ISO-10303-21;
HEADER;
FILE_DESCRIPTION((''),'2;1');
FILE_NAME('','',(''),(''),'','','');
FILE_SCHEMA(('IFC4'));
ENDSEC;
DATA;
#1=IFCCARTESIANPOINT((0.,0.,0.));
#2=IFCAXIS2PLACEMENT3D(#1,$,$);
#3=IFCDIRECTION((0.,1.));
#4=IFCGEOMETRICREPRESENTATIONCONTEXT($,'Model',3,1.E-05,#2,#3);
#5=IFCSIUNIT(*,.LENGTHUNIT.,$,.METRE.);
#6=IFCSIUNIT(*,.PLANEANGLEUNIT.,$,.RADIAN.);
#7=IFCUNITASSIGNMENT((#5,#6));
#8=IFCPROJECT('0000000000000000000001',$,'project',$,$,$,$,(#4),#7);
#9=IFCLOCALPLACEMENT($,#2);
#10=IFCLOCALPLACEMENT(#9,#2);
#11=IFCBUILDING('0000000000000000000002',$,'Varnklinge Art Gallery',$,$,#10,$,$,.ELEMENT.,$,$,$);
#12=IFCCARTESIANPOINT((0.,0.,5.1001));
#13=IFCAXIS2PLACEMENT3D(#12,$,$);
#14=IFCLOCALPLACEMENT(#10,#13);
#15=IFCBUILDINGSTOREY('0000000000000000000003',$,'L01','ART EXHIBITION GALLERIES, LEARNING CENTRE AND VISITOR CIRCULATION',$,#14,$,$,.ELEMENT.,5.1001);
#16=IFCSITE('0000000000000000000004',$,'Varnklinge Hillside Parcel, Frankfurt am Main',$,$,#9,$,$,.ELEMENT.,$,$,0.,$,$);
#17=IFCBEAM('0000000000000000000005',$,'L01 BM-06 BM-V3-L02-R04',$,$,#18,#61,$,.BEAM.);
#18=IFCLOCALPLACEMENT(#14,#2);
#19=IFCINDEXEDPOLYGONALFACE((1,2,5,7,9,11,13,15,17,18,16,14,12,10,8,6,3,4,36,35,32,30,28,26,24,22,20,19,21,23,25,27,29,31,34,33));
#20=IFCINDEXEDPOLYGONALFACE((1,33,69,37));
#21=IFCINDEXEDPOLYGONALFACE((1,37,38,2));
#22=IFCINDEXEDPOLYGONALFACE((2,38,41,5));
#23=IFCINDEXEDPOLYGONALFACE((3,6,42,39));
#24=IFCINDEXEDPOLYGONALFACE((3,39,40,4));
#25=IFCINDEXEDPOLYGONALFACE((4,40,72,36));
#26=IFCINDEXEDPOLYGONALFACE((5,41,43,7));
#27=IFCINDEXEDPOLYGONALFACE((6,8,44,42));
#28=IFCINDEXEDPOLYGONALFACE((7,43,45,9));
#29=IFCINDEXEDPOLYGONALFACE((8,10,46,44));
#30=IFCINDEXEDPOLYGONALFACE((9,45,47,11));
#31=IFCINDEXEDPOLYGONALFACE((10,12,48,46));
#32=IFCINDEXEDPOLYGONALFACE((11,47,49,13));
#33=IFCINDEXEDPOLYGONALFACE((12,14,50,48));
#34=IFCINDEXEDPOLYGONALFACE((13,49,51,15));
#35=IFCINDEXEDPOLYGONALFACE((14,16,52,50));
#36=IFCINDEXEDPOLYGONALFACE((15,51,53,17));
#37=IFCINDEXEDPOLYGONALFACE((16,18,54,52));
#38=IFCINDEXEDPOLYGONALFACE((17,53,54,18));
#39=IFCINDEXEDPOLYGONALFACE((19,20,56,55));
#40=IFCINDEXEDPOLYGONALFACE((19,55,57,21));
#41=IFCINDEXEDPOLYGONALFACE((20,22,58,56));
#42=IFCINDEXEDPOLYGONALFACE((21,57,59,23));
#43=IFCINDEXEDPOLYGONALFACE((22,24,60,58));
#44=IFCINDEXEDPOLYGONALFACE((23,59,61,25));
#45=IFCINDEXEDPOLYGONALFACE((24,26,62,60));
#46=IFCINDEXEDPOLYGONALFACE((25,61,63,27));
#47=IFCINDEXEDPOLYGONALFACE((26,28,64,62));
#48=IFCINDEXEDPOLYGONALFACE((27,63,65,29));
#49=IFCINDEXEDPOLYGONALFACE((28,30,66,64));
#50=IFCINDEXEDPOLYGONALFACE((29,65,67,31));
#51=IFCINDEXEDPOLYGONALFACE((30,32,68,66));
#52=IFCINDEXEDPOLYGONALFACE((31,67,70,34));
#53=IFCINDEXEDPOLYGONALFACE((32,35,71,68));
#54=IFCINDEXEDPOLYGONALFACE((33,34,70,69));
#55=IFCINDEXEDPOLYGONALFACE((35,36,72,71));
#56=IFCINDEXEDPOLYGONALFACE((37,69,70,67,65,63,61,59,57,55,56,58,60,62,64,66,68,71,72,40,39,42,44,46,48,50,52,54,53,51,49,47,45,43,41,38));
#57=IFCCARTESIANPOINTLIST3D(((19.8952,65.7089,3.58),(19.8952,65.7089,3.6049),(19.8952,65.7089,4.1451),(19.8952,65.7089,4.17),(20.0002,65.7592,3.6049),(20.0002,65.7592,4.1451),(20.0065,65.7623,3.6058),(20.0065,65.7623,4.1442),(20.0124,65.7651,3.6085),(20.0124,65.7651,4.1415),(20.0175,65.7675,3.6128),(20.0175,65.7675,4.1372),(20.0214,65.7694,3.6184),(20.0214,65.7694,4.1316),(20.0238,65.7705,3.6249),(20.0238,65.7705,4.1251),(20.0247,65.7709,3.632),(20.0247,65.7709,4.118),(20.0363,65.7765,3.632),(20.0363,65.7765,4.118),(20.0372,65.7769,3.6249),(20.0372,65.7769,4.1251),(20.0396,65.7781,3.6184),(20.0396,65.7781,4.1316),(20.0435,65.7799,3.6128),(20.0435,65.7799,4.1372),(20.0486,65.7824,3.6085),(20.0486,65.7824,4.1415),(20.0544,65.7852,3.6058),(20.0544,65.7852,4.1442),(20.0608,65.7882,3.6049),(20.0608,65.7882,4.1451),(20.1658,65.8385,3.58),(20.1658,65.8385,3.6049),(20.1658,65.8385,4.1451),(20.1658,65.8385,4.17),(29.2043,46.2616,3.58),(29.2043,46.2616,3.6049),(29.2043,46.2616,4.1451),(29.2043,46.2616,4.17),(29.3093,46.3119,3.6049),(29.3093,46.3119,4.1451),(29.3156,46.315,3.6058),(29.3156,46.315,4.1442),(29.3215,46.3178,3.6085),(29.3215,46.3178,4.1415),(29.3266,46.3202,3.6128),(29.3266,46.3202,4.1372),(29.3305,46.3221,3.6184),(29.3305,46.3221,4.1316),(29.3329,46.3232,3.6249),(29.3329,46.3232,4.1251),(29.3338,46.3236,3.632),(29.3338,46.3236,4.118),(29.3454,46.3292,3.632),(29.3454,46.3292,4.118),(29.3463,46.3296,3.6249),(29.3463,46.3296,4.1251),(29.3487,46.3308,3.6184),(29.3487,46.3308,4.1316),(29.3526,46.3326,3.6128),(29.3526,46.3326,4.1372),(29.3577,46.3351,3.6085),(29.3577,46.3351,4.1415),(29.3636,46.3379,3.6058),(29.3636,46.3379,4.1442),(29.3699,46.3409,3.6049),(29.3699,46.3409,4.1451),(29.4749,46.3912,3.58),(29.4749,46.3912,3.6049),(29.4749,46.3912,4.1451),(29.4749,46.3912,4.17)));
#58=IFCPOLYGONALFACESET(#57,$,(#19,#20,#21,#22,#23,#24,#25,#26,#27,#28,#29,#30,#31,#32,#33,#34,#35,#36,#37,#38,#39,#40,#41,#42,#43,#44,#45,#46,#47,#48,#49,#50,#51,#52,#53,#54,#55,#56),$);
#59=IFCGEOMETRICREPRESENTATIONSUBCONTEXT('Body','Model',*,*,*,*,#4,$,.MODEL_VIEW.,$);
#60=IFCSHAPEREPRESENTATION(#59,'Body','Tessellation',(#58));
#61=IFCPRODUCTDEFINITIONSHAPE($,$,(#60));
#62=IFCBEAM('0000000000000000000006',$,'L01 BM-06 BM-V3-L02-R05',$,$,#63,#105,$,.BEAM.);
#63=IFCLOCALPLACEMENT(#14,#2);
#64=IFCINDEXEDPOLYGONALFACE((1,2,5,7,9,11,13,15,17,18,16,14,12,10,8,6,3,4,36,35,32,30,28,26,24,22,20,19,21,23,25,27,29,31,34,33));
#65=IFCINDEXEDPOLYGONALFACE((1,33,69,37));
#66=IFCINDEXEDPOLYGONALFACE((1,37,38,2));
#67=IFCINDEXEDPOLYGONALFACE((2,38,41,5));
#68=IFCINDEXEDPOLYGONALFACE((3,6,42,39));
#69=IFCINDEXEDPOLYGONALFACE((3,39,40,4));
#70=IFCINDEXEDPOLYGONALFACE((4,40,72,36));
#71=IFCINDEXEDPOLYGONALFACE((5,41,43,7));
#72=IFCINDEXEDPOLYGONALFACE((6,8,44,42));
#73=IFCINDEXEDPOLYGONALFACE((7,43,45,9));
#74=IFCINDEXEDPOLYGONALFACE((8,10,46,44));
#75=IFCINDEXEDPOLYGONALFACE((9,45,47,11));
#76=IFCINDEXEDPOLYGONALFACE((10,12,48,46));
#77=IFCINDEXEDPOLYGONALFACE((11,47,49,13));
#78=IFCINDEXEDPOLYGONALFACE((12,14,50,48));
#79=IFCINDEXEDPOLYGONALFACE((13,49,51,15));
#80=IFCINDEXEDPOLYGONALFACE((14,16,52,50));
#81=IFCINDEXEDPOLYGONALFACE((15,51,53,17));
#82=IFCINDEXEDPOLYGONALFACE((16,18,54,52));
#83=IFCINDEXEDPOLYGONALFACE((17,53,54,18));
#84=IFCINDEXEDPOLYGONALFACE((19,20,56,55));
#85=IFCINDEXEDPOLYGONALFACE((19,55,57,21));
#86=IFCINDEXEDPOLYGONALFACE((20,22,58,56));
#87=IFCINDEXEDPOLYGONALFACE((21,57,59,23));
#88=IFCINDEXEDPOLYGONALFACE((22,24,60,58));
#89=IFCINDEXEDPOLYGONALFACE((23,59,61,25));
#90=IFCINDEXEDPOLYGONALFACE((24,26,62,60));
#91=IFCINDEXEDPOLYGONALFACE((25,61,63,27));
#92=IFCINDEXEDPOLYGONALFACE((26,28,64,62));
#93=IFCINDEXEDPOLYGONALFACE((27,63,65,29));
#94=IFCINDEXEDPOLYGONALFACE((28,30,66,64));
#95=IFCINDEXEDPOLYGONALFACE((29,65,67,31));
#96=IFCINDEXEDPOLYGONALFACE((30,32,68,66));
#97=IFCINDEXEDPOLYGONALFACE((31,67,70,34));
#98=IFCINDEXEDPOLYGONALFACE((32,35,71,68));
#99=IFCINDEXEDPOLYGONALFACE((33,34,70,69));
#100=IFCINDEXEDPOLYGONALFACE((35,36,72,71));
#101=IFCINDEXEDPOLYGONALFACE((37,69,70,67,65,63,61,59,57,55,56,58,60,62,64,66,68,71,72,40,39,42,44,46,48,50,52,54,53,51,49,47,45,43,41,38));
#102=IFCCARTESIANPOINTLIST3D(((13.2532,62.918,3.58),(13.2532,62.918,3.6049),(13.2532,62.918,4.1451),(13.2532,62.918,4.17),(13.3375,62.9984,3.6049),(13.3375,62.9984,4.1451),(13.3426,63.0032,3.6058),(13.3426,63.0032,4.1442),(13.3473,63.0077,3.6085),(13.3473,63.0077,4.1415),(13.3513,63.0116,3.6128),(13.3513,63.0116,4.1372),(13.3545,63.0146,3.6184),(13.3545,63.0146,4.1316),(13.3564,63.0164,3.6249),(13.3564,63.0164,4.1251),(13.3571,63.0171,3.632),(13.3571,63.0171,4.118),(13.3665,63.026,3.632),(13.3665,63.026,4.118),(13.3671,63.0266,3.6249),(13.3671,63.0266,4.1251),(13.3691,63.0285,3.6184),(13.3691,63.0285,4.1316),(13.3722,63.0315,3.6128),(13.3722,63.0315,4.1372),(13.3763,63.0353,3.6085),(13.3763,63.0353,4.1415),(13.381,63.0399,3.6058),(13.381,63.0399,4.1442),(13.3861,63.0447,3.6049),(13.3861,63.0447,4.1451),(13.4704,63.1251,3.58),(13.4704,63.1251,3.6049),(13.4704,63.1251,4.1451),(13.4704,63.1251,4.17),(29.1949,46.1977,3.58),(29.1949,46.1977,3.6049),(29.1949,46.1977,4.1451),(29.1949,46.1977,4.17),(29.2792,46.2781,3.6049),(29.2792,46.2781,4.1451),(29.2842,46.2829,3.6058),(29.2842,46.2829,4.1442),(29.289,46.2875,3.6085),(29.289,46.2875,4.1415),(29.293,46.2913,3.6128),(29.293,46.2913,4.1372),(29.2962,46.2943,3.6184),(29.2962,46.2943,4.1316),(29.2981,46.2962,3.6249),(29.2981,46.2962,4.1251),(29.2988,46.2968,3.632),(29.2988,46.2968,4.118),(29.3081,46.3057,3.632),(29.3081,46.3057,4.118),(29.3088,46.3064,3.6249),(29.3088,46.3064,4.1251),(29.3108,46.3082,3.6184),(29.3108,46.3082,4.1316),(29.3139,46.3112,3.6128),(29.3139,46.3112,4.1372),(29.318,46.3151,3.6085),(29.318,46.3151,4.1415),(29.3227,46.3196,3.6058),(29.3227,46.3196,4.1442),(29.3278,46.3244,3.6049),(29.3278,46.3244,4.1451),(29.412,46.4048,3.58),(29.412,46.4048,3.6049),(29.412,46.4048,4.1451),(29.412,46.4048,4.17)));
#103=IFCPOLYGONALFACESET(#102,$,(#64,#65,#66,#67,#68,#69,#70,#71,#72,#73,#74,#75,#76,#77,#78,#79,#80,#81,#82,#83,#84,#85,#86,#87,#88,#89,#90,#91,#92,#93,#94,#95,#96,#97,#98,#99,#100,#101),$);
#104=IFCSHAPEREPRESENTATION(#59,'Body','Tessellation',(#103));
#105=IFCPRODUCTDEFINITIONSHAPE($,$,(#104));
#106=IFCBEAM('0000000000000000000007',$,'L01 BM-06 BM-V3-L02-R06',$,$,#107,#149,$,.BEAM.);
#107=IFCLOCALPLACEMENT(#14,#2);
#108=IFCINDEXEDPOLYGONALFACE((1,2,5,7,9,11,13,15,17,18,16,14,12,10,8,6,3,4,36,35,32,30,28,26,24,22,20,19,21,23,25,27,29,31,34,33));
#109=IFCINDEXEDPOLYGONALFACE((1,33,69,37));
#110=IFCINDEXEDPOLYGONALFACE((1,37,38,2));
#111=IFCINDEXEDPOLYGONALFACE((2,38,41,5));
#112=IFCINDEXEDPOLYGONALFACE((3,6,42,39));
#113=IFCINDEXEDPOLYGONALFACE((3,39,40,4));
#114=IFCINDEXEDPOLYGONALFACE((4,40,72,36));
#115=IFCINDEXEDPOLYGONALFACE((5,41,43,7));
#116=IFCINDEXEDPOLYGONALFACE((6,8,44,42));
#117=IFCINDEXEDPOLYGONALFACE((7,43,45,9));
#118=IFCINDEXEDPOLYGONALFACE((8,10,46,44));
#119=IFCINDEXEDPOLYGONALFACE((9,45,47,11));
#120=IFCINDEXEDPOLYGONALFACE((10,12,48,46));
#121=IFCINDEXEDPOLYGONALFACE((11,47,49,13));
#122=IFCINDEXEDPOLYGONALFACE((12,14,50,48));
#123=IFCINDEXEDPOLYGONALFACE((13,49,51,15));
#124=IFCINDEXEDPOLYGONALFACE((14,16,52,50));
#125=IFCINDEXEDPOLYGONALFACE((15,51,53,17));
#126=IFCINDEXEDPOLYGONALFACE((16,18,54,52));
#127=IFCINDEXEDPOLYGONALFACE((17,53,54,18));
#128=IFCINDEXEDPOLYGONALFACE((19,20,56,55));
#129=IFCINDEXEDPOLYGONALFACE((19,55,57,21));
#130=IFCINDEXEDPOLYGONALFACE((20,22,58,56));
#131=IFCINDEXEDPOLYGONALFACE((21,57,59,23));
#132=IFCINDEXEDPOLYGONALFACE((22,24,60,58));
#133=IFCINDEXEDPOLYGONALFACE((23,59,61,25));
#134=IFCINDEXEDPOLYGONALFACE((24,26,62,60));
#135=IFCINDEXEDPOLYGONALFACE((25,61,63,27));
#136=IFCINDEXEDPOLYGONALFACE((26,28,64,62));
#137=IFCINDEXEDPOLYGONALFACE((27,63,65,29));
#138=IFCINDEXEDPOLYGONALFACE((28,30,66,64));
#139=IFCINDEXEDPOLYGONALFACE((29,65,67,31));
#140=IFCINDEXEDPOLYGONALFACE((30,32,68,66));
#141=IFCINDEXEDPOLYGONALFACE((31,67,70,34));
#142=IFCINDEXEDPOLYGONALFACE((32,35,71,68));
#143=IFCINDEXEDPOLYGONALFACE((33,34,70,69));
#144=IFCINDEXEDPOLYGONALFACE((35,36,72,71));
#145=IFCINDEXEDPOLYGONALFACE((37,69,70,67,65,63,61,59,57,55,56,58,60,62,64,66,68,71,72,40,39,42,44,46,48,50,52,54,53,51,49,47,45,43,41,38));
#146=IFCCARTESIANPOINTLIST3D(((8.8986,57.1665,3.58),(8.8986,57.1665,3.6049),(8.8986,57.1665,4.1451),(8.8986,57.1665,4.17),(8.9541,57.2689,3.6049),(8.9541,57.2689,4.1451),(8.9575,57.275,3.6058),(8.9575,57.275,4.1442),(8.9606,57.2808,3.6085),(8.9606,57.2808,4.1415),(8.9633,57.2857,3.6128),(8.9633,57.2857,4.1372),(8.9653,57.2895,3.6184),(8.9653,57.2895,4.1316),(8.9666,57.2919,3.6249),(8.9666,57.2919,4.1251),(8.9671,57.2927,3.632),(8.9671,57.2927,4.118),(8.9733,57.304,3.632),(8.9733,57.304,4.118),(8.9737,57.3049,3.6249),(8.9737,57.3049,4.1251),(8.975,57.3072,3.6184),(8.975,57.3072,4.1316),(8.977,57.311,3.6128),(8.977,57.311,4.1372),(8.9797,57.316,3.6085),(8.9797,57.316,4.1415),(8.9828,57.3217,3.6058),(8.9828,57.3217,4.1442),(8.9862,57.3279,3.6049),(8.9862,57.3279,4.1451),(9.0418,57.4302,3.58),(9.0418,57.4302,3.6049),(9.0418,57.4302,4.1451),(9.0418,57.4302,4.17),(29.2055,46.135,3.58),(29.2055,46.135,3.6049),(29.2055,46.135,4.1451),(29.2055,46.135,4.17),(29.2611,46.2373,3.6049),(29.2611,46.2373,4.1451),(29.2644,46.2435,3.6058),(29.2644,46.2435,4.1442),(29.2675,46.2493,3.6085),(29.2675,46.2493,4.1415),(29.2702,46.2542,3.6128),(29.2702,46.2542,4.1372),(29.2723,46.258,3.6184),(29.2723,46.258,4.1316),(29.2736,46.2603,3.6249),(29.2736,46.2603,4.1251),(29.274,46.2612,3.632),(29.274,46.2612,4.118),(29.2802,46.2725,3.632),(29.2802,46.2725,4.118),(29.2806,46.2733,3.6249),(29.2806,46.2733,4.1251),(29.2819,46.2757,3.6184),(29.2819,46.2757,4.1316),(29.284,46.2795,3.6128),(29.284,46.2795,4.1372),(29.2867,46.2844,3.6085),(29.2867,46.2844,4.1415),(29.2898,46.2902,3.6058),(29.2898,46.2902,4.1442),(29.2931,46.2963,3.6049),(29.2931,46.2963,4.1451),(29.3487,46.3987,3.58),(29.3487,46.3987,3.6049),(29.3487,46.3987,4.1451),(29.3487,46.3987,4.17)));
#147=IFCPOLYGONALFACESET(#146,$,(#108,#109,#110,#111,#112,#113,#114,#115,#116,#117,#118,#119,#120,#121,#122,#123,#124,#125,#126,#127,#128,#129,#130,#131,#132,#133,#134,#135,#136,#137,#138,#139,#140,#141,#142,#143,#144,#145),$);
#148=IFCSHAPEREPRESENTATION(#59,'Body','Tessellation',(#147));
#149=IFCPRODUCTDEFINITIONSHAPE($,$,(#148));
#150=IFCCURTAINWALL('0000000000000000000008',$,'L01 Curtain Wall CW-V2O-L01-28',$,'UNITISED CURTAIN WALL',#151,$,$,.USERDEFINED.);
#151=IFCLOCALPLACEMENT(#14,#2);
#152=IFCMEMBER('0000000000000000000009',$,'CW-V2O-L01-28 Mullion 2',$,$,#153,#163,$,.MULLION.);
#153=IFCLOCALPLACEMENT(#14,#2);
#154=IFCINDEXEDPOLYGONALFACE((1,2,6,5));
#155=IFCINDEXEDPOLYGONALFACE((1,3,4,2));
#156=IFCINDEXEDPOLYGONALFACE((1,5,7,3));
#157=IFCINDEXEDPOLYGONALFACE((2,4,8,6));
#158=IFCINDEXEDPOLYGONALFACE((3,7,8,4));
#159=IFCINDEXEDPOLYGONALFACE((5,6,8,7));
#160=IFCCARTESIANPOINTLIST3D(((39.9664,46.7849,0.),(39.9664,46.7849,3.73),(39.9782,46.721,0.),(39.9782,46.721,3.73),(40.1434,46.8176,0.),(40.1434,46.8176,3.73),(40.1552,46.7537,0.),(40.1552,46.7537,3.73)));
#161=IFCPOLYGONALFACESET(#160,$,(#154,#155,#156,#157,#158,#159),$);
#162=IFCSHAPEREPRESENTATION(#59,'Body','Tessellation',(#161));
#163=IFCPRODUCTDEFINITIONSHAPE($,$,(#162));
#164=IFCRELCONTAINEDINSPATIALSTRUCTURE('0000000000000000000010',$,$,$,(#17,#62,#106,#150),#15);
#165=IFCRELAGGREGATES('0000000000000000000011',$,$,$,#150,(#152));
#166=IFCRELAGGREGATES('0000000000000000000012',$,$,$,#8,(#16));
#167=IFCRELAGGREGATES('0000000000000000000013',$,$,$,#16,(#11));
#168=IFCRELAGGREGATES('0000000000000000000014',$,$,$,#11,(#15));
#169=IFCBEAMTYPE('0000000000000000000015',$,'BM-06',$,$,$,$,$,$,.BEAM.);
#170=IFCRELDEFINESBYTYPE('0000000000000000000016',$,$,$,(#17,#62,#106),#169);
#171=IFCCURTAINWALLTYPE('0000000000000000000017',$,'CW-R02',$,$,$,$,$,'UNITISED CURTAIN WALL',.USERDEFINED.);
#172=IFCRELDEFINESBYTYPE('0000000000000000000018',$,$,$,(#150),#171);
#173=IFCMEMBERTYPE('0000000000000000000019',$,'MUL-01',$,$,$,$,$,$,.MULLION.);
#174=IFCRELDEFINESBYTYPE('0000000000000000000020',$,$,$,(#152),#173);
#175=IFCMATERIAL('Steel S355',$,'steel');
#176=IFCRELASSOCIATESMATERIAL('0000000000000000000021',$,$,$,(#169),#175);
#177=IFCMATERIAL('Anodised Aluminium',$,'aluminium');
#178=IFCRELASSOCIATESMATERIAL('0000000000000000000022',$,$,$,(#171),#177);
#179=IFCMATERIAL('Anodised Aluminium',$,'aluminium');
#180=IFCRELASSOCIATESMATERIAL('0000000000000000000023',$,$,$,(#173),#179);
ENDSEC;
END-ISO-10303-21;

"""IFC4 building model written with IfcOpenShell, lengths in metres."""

from ifc_helpers import new_model, si_unit, direction, frame, origin, origin_2d, place, context, subcontext, project, spatial, rectangle, i_section, extrude, material, material_profile, profile_set, type_object, element, aggregate, save


model = new_model("IFC4")

# Units and contexts
model_context = context("Model", 3, precision=1e-05, world=origin(), true_north=direction((0.0, 1.0)))
body_context = subcontext(model_context, "Body", "Model", "MODEL_VIEW")
ifc_project = project(units=[si_unit("LENGTHUNIT", "METRE"), si_unit("PLANEANGLEUNIT", "RADIAN")], contexts=[model_context])

# Site, building, storey
site_placement = place(None, origin())
site = spatial("IfcSite", under=ifc_project, at=site_placement, Name="Varnklinge Hillside Parcel, Frankfurt am Main", CompositionType="ELEMENT", RefElevation=0.0)
building_placement = place(site_placement, origin())
building = spatial("IfcBuilding", under=site, at=building_placement, Name="Varnklinge Art Gallery", CompositionType="ELEMENT")
storey_placement = place(building_placement, frame((0.0, 0.0, 5.1001)))
storey = spatial("IfcBuildingStorey", under=building, at=storey_placement, Name="L01", Description="ART EXHIBITION GALLERIES, LEARNING CENTRE AND VISITOR CIRCULATION", CompositionType="ELEMENT", Elevation=5.1001)

# Beams
ifc_material_1 = material(Name="Steel S355", Category="steel")
ifc_material_profile_1 = material_profile(ifc_material_1, i_section(OverallWidth=0.3, OverallDepth=0.5901, WebThickness=0.0129, FlangeThickness=0.0249, FilletRadius=0.0271, at=origin_2d()), Name="HEA 600")
ifc_profile_set_1 = profile_set([ifc_material_profile_1], Name="Steel S355")
beam_type_1 = type_object("IfcBeamType", Name="BM-06", PredefinedType="BEAM", material=ifc_profile_set_1)
beam_1_placement = place(storey_placement, frame((29.3396, 46.3264, 3.875), z_axis=(-0.431766, 0.901986, 0.0), x_axis=(-0.901986, -0.431766, 0.0)))
element("IfcBeam", 1, at=beam_1_placement, inside=storey, type_object=beam_type_1, Name="L01 BM-06 BM-V3-L02-R04", PredefinedType="BEAM", context=body_context, shape_type="SweptSolid", body=[
    extrude(i_section(OverallWidth=0.3, OverallDepth=0.5901, WebThickness=0.0129, FlangeThickness=0.0249, FilletRadius=0.0271, at=origin_2d()), origin(), (0.0, 0.0, 1.0), 21.5605),
])
beam_2_placement = place(storey_placement, frame((29.3035, 46.3013, 3.875), z_axis=(-0.690055, 0.723757, 0.0), x_axis=(-0.723757, -0.690055, 0.0)))
element("IfcBeam", 2, at=beam_2_placement, inside=storey, type_object=beam_type_1, Name="L01 BM-06 BM-V3-L02-R05", PredefinedType="BEAM", context=body_context, shape_type="SweptSolid", body=[
    extrude(i_section(OverallWidth=0.3, OverallDepth=0.5901, WebThickness=0.0129, FlangeThickness=0.0249, FilletRadius=0.0271, at=origin_2d()), origin(), (0.0, 0.0, 1.0), 23.1021),
])
beam_3_placement = place(storey_placement, frame((29.2771, 46.2668, 3.875), z_axis=(-0.878713, 0.477351, 0.0), x_axis=(-0.477351, -0.878713, 0.0)))
element("IfcBeam", 3, at=beam_3_placement, inside=storey, type_object=beam_type_1, Name="L01 BM-06 BM-V3-L02-R06", PredefinedType="BEAM", context=body_context, shape_type="SweptSolid", body=[
    extrude(i_section(OverallWidth=0.3, OverallDepth=0.5901, WebThickness=0.0129, FlangeThickness=0.0249, FilletRadius=0.0271, at=origin_2d()), origin(), (0.0, 0.0, 1.0), 23.1099),
])

# Curtain wall, member
ifc_material_2 = material(Name="Anodised Aluminium", Category="aluminium")
curtain_wall_type = type_object("IfcCurtainWallType", Name="CW-R02", ElementType="UNITISED CURTAIN WALL", PredefinedType="USERDEFINED", material=ifc_material_2)
curtain_wall_placement = place(storey_placement, origin())
curtain_wall = element("IfcCurtainWall", 4, at=curtain_wall_placement, inside=storey, type_object=curtain_wall_type, Name="L01 Curtain Wall CW-V2O-L01-28", ObjectType="UNITISED CURTAIN WALL", PredefinedType="USERDEFINED")
ifc_material_3 = material(Name="Anodised Aluminium", Category="aluminium")
ifc_material_profile_2 = material_profile(ifc_material_3, rectangle(XDim=0.0649, YDim=0.1799, at=origin_2d()), Name="ALU 65x180")
ifc_profile_set_2 = profile_set([ifc_material_profile_2], Name="Anodised Aluminium")
member_type = type_object("IfcMemberType", Name="MUL-01", PredefinedType="MULLION", material=ifc_profile_set_2)
member_placement = place(storey_placement, frame((40.0608, 46.7693, 0.0), z_axis=(0.0, 0.0, 1.0), x_axis=(0.181721, -0.98335, 0.0)))
member = element("IfcMember", 5, at=member_placement, type_object=member_type, Name="CW-V2O-L01-28 Mullion 2", PredefinedType="MULLION", context=body_context, shape_type="SweptSolid", body=[
    extrude(rectangle(XDim=0.0649, YDim=0.1799, at=origin_2d()), origin(), (0.0, 0.0, 1.0), 3.73),
])

aggregate(curtain_wall, [member])

save(model, "model.ifc")
